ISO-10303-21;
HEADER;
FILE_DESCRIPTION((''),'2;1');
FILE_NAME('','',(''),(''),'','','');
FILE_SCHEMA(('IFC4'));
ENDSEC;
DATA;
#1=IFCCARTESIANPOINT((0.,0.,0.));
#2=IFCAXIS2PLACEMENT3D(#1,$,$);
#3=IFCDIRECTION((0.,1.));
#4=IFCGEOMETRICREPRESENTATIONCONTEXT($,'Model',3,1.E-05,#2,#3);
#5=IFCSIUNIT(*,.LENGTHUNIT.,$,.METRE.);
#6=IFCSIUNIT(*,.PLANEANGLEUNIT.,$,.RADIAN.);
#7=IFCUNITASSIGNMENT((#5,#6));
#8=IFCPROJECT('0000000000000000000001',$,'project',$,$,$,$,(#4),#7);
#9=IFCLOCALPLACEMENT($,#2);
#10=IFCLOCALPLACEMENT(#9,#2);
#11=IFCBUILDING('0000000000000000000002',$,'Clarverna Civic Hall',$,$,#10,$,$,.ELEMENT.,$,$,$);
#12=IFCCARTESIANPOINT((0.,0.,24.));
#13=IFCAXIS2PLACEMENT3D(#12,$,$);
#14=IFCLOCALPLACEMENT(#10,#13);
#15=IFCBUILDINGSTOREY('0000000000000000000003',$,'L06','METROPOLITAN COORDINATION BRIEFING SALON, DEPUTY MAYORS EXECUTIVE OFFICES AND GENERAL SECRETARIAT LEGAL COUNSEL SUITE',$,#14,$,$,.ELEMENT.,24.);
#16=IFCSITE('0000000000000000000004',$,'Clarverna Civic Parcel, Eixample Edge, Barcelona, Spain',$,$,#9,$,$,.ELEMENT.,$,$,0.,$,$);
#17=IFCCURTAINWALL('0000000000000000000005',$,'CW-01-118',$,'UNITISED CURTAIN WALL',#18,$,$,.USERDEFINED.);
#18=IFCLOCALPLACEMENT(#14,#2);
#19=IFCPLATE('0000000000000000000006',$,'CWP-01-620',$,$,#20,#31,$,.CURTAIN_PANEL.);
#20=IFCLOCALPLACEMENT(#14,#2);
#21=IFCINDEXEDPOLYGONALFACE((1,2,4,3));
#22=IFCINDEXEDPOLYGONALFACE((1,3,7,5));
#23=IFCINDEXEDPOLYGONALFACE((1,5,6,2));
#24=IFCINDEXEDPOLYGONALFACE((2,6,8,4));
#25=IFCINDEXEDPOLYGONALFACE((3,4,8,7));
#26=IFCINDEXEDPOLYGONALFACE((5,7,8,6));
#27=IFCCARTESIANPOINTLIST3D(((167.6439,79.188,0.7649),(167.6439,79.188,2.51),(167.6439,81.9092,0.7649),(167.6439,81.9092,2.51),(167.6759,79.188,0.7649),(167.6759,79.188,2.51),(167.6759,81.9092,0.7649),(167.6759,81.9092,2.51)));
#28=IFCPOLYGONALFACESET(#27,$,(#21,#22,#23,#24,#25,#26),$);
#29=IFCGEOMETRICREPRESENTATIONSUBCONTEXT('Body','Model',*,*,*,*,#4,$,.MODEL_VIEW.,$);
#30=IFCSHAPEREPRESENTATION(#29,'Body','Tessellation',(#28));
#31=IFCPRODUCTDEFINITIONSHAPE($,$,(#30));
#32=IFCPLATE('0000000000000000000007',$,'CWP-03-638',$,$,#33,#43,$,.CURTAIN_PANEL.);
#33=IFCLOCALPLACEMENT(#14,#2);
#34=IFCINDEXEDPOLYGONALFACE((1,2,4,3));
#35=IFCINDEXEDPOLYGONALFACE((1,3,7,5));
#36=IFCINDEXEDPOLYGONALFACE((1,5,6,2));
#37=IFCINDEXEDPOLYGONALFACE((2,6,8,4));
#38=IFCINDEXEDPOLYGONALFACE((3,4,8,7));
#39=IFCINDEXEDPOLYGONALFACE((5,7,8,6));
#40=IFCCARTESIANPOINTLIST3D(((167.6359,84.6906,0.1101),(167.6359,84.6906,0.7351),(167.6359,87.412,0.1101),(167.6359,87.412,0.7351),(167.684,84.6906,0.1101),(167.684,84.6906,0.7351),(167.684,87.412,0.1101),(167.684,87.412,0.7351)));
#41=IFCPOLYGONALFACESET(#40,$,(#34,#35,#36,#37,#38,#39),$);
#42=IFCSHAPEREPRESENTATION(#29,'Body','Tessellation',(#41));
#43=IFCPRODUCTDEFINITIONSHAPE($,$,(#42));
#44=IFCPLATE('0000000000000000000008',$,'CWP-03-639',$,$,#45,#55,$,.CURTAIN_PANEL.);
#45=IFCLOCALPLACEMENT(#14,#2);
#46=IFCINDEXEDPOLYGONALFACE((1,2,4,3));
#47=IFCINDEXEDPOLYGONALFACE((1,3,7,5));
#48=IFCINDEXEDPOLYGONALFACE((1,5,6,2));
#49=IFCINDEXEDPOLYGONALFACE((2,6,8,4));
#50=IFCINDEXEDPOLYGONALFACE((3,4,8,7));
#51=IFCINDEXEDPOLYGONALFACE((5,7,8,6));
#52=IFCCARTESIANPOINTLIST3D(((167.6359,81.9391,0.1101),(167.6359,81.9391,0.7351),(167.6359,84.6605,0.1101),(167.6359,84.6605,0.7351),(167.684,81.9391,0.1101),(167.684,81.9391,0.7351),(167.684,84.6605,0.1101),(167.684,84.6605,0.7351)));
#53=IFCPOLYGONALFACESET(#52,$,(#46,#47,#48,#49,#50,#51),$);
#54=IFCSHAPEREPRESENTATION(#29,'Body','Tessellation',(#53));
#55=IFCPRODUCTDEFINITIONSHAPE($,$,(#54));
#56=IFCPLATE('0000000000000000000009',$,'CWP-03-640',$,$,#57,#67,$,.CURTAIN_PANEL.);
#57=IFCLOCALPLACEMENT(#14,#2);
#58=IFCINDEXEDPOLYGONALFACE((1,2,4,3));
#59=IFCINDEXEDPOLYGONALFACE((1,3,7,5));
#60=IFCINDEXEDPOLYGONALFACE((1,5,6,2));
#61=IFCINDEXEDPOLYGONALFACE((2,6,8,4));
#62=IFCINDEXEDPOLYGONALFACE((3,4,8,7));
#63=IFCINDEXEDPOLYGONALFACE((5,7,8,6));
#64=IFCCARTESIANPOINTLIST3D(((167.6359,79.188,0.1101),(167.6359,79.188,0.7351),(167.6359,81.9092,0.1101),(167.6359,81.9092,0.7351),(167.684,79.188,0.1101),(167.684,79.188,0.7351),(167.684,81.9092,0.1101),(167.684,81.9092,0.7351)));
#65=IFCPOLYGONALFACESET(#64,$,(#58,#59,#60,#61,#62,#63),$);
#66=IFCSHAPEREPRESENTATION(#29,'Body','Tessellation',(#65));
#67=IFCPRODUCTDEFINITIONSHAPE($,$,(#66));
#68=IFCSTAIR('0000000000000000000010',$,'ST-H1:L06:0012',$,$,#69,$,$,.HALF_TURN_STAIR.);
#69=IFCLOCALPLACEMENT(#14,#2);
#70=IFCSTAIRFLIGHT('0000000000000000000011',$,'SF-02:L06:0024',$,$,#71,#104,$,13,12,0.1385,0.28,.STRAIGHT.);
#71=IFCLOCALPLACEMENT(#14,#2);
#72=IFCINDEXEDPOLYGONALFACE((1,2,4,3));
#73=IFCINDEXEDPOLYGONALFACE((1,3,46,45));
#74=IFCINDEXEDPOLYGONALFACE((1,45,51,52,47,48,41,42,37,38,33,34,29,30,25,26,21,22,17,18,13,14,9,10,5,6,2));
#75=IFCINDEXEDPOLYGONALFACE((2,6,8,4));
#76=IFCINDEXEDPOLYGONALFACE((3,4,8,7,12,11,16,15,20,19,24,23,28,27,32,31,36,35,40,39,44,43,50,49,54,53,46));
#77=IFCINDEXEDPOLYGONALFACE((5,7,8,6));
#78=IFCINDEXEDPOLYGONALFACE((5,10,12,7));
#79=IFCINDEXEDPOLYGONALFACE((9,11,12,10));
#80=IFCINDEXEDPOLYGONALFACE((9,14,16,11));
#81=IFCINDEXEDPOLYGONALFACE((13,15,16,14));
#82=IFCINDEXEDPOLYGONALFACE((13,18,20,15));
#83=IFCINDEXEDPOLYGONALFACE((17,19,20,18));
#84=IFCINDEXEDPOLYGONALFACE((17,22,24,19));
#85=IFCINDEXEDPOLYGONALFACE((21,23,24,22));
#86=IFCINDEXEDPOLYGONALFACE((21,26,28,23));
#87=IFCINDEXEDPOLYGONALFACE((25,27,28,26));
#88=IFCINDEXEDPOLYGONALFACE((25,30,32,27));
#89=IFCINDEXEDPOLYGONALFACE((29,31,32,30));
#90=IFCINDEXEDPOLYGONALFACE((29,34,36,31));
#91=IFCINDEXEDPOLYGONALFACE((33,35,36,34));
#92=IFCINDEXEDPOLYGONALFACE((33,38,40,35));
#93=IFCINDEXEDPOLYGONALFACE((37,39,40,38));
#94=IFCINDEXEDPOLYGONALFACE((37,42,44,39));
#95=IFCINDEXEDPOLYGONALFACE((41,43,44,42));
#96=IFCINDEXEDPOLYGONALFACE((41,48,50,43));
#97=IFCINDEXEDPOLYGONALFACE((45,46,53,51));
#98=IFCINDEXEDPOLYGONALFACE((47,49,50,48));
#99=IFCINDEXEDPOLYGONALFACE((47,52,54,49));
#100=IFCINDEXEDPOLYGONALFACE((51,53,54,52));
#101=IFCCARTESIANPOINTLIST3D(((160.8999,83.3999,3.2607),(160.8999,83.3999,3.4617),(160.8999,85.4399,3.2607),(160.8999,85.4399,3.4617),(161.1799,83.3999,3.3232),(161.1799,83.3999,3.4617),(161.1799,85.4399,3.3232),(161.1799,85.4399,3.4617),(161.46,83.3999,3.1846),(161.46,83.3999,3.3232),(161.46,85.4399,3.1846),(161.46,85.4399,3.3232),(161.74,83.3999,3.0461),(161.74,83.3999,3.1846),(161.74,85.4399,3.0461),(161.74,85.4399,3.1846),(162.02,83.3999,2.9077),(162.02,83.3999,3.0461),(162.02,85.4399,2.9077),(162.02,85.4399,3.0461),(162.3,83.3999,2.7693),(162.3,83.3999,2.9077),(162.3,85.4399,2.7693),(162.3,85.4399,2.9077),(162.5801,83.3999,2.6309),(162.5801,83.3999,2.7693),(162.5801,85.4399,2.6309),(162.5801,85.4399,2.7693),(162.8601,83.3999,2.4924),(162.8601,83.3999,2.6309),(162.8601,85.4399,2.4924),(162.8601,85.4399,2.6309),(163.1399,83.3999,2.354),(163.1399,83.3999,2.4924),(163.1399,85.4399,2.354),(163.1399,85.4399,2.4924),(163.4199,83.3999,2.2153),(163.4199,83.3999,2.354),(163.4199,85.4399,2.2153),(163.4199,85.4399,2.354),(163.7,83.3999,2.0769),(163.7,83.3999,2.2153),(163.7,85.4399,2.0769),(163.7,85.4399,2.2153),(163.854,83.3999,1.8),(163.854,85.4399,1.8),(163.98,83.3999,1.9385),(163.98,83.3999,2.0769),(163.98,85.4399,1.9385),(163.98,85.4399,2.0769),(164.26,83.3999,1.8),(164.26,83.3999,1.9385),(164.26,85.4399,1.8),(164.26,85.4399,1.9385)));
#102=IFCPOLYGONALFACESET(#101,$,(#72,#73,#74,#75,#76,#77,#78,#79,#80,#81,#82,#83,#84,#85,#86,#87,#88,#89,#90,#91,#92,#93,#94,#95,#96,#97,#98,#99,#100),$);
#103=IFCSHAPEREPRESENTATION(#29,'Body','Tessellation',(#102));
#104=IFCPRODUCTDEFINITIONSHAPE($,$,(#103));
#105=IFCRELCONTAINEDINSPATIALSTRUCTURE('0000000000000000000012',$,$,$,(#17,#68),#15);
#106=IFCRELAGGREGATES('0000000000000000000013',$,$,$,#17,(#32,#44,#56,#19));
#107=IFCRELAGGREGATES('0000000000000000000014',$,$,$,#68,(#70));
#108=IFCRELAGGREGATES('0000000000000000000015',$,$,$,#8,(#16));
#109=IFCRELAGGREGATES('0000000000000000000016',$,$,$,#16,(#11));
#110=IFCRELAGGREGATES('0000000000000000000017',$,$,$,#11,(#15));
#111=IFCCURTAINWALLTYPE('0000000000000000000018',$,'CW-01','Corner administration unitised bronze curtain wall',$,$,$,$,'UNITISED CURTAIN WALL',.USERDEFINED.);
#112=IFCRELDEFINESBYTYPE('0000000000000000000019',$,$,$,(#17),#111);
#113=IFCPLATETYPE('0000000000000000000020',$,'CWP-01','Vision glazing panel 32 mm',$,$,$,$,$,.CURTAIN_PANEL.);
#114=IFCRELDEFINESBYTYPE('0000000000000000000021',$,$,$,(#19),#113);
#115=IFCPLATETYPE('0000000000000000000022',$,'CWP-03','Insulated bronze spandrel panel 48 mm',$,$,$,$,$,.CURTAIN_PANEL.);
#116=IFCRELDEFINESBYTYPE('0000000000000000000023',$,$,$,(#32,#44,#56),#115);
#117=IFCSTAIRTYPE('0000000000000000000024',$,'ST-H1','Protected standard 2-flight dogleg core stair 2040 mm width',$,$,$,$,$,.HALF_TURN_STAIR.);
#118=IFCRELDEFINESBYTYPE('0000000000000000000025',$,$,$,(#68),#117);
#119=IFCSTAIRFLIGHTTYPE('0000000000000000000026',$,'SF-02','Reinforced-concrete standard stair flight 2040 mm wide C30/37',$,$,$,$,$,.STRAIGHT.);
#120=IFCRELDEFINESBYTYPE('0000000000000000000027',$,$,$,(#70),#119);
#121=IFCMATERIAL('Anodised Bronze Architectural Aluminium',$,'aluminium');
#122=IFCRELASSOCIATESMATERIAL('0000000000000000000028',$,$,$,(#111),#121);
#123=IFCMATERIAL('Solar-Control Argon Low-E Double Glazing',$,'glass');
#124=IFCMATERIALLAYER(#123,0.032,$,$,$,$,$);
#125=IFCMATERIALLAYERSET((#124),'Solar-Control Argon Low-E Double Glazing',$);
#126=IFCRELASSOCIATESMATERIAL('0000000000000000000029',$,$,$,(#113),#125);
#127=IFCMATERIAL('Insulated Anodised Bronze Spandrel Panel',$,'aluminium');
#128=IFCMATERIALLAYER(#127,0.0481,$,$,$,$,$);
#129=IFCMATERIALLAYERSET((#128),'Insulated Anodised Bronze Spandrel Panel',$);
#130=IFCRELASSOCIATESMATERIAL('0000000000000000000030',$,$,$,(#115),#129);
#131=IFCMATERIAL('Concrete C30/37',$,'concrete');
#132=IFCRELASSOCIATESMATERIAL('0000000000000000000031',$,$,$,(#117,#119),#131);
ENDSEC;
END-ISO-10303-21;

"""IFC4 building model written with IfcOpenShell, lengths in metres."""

from ifc_helpers import new_model, si_unit, direction, frame, frame_2d, origin, place, context, subcontext, project, spatial, polyline, rectangle, outline, extrude, material, layer, layer_set, type_object, element, aggregate, save


model = new_model("IFC4")

# Units and contexts
model_context = context("Model", 3, precision=1e-05, world=origin(), true_north=direction((0.0, 1.0)))
body_context = subcontext(model_context, "Body", "Model", "MODEL_VIEW")
ifc_project = project(units=[si_unit("LENGTHUNIT", "METRE"), si_unit("PLANEANGLEUNIT", "RADIAN")], contexts=[model_context])

# Site, building, storey
site_placement = place(None, origin())
site = spatial("IfcSite", under=ifc_project, at=site_placement, Name="Clarverna Civic Parcel, Eixample Edge, Barcelona, Spain", CompositionType="ELEMENT", RefElevation=0.0)
building_placement = place(site_placement, origin())
building = spatial("IfcBuilding", under=site, at=building_placement, Name="Clarverna Civic Hall", CompositionType="ELEMENT")
storey_placement = place(building_placement, frame((0.0, 0.0, 24.0)))
storey = spatial("IfcBuildingStorey", under=building, at=storey_placement, Name="L06", Description="METROPOLITAN COORDINATION BRIEFING SALON, DEPUTY MAYORS EXECUTIVE OFFICES AND GENERAL SECRETARIAT LEGAL COUNSEL SUITE", CompositionType="ELEMENT", Elevation=24.0)

# Curtain wall, plates
ifc_material_1 = material(Name="Anodised Bronze Architectural Aluminium", Category="aluminium")
curtain_wall_type = type_object("IfcCurtainWallType", Name="CW-01", Description="Corner administration unitised bronze curtain wall", ElementType="UNITISED CURTAIN WALL", PredefinedType="USERDEFINED", material=ifc_material_1)
curtain_wall_placement = place(storey_placement, origin())
curtain_wall = element("IfcCurtainWall", 1, at=curtain_wall_placement, inside=storey, type_object=curtain_wall_type, Name="CW-01-118", ObjectType="UNITISED CURTAIN WALL", PredefinedType="USERDEFINED")
ifc_material_2 = material(Name="Solar-Control Argon Low-E Double Glazing", Category="glass")
ifc_layer_1 = layer(ifc_material_2, 0.032)
ifc_layer_set_1 = layer_set([ifc_layer_1], Name="Solar-Control Argon Low-E Double Glazing")
plate_type_1 = type_object("IfcPlateType", Name="CWP-01", Description="Vision glazing panel 32 mm", PredefinedType="CURTAIN_PANEL", material=ifc_layer_set_1)
plate_1_placement = place(storey_placement, frame((167.6599, 81.9092, 0.7649), z_axis=(0.0, 0.0, 1.0), x_axis=(0.0, -1.0, 0.0)))
plate_1 = element("IfcPlate", 2, at=plate_1_placement, type_object=plate_type_1, Name="CWP-01-620", PredefinedType="CURTAIN_PANEL", context=body_context, shape_type="SweptSolid", body=[
    extrude(rectangle(XDim=2.7212, YDim=0.032, at=frame_2d((1.3606, 0.0))), origin(), (0.0, 0.0, 1.0), 1.7451),
])
ifc_material_3 = material(Name="Insulated Anodised Bronze Spandrel Panel", Category="aluminium")
ifc_layer_2 = layer(ifc_material_3, 0.0481)
ifc_layer_set_2 = layer_set([ifc_layer_2], Name="Insulated Anodised Bronze Spandrel Panel")
plate_type_2 = type_object("IfcPlateType", Name="CWP-03", Description="Insulated bronze spandrel panel 48 mm", PredefinedType="CURTAIN_PANEL", material=ifc_layer_set_2)
plate_2_placement = place(storey_placement, frame((167.6599, 87.4121, 0.1101), z_axis=(0.0, 0.0, 1.0), x_axis=(0.0, -1.0, 0.0)))
plate_2 = element("IfcPlate", 3, at=plate_2_placement, type_object=plate_type_2, Name="CWP-03-638", PredefinedType="CURTAIN_PANEL", context=body_context, shape_type="SweptSolid", body=[
    extrude(rectangle(XDim=2.7214, YDim=0.0481, at=frame_2d((1.3608, 0.0))), origin(), (0.0, 0.0, 1.0), 0.625),
])
plate_3_placement = place(storey_placement, frame((167.6599, 84.6606, 0.1101), z_axis=(0.0, 0.0, 1.0), x_axis=(0.0, -1.0, 0.0)))
plate_3 = element("IfcPlate", 4, at=plate_3_placement, type_object=plate_type_2, Name="CWP-03-639", PredefinedType="CURTAIN_PANEL", context=body_context, shape_type="SweptSolid", body=[
    extrude(rectangle(XDim=2.7214, YDim=0.0481, at=frame_2d((1.3608, 0.0))), origin(), (0.0, 0.0, 1.0), 0.625),
])
plate_4_placement = place(storey_placement, frame((167.6599, 81.9092, 0.1101), z_axis=(0.0, 0.0, 1.0), x_axis=(0.0, -1.0, 0.0)))
plate_4 = element("IfcPlate", 5, at=plate_4_placement, type_object=plate_type_2, Name="CWP-03-640", PredefinedType="CURTAIN_PANEL", context=body_context, shape_type="SweptSolid", body=[
    extrude(rectangle(XDim=2.7212, YDim=0.0481, at=frame_2d((1.3606, 0.0))), origin(), (0.0, 0.0, 1.0), 0.625),
])
aggregate(curtain_wall, [plate_2, plate_3, plate_4, plate_1])

# Stair, stair flight
ifc_material_4 = material(Name="Concrete C30/37", Category="concrete")
stair_type = type_object("IfcStairType", Name="ST-H1", Description="Protected standard 2-flight dogleg core stair 2040 mm width", PredefinedType="HALF_TURN_STAIR", material=ifc_material_4)
stair_placement = place(storey_placement, origin())
stair = element("IfcStair", 6, at=stair_placement, inside=storey, type_object=stair_type, Name="ST-H1:L06:0012", PredefinedType="HALF_TURN_STAIR")
stair_flight_type = type_object("IfcStairFlightType", Name="SF-02", Description="Reinforced-concrete standard stair flight 2040 mm wide C30/37", PredefinedType="STRAIGHT", material=ifc_material_4)
stair_flight_placement = place(storey_placement, frame((164.26, 84.4199, 1.8), z_axis=(0.0, 0.0, 1.0), x_axis=(-1.0, 0.0, 0.0)))
stair_flight = element("IfcStairFlight", 7, at=stair_flight_placement, type_object=stair_flight_type, Name="SF-02:L06:0024", NumberOfRisers=13, NumberOfTreads=12, PredefinedType="STRAIGHT", RiserHeight=0.1385, TreadLength=0.28, context=body_context, shape_type="SweptSolid", body=[
    extrude(outline(polyline([(0.0, 0.0), (0.0, 0.1384), (0.28, 0.1384), (0.28, 0.2769), (0.5601, 0.2769), (0.5601, 0.4153), (0.8401, 0.4153), (0.8401, 0.554), (1.1201, 0.554), (1.1201, 0.6924), (1.3999, 0.6924), (1.3999, 0.8308), (1.6799, 0.8308), (1.6799, 0.9692), (1.96, 0.9692), (1.96, 1.1077), (2.24, 1.1077), (2.24, 1.2461), (2.52, 1.2461), (2.52, 1.3845), (2.8, 1.3845), (2.8, 1.5232), (3.0801, 1.5232), (3.0801, 1.6616), (3.3601, 1.6616), (3.3601, 1.8), (3.3601, 1.4607), (0.406, 0.0), (0.0, 0.0)])), frame((0.0, 1.02, 0.0), z_axis=(0.0, -1.0, 0.0), x_axis=(1.0, 0.0, 0.0)), (0.0, 0.0, 1.0), 2.04),
])
aggregate(stair, [stair_flight])

save(model, "model.ifc")
